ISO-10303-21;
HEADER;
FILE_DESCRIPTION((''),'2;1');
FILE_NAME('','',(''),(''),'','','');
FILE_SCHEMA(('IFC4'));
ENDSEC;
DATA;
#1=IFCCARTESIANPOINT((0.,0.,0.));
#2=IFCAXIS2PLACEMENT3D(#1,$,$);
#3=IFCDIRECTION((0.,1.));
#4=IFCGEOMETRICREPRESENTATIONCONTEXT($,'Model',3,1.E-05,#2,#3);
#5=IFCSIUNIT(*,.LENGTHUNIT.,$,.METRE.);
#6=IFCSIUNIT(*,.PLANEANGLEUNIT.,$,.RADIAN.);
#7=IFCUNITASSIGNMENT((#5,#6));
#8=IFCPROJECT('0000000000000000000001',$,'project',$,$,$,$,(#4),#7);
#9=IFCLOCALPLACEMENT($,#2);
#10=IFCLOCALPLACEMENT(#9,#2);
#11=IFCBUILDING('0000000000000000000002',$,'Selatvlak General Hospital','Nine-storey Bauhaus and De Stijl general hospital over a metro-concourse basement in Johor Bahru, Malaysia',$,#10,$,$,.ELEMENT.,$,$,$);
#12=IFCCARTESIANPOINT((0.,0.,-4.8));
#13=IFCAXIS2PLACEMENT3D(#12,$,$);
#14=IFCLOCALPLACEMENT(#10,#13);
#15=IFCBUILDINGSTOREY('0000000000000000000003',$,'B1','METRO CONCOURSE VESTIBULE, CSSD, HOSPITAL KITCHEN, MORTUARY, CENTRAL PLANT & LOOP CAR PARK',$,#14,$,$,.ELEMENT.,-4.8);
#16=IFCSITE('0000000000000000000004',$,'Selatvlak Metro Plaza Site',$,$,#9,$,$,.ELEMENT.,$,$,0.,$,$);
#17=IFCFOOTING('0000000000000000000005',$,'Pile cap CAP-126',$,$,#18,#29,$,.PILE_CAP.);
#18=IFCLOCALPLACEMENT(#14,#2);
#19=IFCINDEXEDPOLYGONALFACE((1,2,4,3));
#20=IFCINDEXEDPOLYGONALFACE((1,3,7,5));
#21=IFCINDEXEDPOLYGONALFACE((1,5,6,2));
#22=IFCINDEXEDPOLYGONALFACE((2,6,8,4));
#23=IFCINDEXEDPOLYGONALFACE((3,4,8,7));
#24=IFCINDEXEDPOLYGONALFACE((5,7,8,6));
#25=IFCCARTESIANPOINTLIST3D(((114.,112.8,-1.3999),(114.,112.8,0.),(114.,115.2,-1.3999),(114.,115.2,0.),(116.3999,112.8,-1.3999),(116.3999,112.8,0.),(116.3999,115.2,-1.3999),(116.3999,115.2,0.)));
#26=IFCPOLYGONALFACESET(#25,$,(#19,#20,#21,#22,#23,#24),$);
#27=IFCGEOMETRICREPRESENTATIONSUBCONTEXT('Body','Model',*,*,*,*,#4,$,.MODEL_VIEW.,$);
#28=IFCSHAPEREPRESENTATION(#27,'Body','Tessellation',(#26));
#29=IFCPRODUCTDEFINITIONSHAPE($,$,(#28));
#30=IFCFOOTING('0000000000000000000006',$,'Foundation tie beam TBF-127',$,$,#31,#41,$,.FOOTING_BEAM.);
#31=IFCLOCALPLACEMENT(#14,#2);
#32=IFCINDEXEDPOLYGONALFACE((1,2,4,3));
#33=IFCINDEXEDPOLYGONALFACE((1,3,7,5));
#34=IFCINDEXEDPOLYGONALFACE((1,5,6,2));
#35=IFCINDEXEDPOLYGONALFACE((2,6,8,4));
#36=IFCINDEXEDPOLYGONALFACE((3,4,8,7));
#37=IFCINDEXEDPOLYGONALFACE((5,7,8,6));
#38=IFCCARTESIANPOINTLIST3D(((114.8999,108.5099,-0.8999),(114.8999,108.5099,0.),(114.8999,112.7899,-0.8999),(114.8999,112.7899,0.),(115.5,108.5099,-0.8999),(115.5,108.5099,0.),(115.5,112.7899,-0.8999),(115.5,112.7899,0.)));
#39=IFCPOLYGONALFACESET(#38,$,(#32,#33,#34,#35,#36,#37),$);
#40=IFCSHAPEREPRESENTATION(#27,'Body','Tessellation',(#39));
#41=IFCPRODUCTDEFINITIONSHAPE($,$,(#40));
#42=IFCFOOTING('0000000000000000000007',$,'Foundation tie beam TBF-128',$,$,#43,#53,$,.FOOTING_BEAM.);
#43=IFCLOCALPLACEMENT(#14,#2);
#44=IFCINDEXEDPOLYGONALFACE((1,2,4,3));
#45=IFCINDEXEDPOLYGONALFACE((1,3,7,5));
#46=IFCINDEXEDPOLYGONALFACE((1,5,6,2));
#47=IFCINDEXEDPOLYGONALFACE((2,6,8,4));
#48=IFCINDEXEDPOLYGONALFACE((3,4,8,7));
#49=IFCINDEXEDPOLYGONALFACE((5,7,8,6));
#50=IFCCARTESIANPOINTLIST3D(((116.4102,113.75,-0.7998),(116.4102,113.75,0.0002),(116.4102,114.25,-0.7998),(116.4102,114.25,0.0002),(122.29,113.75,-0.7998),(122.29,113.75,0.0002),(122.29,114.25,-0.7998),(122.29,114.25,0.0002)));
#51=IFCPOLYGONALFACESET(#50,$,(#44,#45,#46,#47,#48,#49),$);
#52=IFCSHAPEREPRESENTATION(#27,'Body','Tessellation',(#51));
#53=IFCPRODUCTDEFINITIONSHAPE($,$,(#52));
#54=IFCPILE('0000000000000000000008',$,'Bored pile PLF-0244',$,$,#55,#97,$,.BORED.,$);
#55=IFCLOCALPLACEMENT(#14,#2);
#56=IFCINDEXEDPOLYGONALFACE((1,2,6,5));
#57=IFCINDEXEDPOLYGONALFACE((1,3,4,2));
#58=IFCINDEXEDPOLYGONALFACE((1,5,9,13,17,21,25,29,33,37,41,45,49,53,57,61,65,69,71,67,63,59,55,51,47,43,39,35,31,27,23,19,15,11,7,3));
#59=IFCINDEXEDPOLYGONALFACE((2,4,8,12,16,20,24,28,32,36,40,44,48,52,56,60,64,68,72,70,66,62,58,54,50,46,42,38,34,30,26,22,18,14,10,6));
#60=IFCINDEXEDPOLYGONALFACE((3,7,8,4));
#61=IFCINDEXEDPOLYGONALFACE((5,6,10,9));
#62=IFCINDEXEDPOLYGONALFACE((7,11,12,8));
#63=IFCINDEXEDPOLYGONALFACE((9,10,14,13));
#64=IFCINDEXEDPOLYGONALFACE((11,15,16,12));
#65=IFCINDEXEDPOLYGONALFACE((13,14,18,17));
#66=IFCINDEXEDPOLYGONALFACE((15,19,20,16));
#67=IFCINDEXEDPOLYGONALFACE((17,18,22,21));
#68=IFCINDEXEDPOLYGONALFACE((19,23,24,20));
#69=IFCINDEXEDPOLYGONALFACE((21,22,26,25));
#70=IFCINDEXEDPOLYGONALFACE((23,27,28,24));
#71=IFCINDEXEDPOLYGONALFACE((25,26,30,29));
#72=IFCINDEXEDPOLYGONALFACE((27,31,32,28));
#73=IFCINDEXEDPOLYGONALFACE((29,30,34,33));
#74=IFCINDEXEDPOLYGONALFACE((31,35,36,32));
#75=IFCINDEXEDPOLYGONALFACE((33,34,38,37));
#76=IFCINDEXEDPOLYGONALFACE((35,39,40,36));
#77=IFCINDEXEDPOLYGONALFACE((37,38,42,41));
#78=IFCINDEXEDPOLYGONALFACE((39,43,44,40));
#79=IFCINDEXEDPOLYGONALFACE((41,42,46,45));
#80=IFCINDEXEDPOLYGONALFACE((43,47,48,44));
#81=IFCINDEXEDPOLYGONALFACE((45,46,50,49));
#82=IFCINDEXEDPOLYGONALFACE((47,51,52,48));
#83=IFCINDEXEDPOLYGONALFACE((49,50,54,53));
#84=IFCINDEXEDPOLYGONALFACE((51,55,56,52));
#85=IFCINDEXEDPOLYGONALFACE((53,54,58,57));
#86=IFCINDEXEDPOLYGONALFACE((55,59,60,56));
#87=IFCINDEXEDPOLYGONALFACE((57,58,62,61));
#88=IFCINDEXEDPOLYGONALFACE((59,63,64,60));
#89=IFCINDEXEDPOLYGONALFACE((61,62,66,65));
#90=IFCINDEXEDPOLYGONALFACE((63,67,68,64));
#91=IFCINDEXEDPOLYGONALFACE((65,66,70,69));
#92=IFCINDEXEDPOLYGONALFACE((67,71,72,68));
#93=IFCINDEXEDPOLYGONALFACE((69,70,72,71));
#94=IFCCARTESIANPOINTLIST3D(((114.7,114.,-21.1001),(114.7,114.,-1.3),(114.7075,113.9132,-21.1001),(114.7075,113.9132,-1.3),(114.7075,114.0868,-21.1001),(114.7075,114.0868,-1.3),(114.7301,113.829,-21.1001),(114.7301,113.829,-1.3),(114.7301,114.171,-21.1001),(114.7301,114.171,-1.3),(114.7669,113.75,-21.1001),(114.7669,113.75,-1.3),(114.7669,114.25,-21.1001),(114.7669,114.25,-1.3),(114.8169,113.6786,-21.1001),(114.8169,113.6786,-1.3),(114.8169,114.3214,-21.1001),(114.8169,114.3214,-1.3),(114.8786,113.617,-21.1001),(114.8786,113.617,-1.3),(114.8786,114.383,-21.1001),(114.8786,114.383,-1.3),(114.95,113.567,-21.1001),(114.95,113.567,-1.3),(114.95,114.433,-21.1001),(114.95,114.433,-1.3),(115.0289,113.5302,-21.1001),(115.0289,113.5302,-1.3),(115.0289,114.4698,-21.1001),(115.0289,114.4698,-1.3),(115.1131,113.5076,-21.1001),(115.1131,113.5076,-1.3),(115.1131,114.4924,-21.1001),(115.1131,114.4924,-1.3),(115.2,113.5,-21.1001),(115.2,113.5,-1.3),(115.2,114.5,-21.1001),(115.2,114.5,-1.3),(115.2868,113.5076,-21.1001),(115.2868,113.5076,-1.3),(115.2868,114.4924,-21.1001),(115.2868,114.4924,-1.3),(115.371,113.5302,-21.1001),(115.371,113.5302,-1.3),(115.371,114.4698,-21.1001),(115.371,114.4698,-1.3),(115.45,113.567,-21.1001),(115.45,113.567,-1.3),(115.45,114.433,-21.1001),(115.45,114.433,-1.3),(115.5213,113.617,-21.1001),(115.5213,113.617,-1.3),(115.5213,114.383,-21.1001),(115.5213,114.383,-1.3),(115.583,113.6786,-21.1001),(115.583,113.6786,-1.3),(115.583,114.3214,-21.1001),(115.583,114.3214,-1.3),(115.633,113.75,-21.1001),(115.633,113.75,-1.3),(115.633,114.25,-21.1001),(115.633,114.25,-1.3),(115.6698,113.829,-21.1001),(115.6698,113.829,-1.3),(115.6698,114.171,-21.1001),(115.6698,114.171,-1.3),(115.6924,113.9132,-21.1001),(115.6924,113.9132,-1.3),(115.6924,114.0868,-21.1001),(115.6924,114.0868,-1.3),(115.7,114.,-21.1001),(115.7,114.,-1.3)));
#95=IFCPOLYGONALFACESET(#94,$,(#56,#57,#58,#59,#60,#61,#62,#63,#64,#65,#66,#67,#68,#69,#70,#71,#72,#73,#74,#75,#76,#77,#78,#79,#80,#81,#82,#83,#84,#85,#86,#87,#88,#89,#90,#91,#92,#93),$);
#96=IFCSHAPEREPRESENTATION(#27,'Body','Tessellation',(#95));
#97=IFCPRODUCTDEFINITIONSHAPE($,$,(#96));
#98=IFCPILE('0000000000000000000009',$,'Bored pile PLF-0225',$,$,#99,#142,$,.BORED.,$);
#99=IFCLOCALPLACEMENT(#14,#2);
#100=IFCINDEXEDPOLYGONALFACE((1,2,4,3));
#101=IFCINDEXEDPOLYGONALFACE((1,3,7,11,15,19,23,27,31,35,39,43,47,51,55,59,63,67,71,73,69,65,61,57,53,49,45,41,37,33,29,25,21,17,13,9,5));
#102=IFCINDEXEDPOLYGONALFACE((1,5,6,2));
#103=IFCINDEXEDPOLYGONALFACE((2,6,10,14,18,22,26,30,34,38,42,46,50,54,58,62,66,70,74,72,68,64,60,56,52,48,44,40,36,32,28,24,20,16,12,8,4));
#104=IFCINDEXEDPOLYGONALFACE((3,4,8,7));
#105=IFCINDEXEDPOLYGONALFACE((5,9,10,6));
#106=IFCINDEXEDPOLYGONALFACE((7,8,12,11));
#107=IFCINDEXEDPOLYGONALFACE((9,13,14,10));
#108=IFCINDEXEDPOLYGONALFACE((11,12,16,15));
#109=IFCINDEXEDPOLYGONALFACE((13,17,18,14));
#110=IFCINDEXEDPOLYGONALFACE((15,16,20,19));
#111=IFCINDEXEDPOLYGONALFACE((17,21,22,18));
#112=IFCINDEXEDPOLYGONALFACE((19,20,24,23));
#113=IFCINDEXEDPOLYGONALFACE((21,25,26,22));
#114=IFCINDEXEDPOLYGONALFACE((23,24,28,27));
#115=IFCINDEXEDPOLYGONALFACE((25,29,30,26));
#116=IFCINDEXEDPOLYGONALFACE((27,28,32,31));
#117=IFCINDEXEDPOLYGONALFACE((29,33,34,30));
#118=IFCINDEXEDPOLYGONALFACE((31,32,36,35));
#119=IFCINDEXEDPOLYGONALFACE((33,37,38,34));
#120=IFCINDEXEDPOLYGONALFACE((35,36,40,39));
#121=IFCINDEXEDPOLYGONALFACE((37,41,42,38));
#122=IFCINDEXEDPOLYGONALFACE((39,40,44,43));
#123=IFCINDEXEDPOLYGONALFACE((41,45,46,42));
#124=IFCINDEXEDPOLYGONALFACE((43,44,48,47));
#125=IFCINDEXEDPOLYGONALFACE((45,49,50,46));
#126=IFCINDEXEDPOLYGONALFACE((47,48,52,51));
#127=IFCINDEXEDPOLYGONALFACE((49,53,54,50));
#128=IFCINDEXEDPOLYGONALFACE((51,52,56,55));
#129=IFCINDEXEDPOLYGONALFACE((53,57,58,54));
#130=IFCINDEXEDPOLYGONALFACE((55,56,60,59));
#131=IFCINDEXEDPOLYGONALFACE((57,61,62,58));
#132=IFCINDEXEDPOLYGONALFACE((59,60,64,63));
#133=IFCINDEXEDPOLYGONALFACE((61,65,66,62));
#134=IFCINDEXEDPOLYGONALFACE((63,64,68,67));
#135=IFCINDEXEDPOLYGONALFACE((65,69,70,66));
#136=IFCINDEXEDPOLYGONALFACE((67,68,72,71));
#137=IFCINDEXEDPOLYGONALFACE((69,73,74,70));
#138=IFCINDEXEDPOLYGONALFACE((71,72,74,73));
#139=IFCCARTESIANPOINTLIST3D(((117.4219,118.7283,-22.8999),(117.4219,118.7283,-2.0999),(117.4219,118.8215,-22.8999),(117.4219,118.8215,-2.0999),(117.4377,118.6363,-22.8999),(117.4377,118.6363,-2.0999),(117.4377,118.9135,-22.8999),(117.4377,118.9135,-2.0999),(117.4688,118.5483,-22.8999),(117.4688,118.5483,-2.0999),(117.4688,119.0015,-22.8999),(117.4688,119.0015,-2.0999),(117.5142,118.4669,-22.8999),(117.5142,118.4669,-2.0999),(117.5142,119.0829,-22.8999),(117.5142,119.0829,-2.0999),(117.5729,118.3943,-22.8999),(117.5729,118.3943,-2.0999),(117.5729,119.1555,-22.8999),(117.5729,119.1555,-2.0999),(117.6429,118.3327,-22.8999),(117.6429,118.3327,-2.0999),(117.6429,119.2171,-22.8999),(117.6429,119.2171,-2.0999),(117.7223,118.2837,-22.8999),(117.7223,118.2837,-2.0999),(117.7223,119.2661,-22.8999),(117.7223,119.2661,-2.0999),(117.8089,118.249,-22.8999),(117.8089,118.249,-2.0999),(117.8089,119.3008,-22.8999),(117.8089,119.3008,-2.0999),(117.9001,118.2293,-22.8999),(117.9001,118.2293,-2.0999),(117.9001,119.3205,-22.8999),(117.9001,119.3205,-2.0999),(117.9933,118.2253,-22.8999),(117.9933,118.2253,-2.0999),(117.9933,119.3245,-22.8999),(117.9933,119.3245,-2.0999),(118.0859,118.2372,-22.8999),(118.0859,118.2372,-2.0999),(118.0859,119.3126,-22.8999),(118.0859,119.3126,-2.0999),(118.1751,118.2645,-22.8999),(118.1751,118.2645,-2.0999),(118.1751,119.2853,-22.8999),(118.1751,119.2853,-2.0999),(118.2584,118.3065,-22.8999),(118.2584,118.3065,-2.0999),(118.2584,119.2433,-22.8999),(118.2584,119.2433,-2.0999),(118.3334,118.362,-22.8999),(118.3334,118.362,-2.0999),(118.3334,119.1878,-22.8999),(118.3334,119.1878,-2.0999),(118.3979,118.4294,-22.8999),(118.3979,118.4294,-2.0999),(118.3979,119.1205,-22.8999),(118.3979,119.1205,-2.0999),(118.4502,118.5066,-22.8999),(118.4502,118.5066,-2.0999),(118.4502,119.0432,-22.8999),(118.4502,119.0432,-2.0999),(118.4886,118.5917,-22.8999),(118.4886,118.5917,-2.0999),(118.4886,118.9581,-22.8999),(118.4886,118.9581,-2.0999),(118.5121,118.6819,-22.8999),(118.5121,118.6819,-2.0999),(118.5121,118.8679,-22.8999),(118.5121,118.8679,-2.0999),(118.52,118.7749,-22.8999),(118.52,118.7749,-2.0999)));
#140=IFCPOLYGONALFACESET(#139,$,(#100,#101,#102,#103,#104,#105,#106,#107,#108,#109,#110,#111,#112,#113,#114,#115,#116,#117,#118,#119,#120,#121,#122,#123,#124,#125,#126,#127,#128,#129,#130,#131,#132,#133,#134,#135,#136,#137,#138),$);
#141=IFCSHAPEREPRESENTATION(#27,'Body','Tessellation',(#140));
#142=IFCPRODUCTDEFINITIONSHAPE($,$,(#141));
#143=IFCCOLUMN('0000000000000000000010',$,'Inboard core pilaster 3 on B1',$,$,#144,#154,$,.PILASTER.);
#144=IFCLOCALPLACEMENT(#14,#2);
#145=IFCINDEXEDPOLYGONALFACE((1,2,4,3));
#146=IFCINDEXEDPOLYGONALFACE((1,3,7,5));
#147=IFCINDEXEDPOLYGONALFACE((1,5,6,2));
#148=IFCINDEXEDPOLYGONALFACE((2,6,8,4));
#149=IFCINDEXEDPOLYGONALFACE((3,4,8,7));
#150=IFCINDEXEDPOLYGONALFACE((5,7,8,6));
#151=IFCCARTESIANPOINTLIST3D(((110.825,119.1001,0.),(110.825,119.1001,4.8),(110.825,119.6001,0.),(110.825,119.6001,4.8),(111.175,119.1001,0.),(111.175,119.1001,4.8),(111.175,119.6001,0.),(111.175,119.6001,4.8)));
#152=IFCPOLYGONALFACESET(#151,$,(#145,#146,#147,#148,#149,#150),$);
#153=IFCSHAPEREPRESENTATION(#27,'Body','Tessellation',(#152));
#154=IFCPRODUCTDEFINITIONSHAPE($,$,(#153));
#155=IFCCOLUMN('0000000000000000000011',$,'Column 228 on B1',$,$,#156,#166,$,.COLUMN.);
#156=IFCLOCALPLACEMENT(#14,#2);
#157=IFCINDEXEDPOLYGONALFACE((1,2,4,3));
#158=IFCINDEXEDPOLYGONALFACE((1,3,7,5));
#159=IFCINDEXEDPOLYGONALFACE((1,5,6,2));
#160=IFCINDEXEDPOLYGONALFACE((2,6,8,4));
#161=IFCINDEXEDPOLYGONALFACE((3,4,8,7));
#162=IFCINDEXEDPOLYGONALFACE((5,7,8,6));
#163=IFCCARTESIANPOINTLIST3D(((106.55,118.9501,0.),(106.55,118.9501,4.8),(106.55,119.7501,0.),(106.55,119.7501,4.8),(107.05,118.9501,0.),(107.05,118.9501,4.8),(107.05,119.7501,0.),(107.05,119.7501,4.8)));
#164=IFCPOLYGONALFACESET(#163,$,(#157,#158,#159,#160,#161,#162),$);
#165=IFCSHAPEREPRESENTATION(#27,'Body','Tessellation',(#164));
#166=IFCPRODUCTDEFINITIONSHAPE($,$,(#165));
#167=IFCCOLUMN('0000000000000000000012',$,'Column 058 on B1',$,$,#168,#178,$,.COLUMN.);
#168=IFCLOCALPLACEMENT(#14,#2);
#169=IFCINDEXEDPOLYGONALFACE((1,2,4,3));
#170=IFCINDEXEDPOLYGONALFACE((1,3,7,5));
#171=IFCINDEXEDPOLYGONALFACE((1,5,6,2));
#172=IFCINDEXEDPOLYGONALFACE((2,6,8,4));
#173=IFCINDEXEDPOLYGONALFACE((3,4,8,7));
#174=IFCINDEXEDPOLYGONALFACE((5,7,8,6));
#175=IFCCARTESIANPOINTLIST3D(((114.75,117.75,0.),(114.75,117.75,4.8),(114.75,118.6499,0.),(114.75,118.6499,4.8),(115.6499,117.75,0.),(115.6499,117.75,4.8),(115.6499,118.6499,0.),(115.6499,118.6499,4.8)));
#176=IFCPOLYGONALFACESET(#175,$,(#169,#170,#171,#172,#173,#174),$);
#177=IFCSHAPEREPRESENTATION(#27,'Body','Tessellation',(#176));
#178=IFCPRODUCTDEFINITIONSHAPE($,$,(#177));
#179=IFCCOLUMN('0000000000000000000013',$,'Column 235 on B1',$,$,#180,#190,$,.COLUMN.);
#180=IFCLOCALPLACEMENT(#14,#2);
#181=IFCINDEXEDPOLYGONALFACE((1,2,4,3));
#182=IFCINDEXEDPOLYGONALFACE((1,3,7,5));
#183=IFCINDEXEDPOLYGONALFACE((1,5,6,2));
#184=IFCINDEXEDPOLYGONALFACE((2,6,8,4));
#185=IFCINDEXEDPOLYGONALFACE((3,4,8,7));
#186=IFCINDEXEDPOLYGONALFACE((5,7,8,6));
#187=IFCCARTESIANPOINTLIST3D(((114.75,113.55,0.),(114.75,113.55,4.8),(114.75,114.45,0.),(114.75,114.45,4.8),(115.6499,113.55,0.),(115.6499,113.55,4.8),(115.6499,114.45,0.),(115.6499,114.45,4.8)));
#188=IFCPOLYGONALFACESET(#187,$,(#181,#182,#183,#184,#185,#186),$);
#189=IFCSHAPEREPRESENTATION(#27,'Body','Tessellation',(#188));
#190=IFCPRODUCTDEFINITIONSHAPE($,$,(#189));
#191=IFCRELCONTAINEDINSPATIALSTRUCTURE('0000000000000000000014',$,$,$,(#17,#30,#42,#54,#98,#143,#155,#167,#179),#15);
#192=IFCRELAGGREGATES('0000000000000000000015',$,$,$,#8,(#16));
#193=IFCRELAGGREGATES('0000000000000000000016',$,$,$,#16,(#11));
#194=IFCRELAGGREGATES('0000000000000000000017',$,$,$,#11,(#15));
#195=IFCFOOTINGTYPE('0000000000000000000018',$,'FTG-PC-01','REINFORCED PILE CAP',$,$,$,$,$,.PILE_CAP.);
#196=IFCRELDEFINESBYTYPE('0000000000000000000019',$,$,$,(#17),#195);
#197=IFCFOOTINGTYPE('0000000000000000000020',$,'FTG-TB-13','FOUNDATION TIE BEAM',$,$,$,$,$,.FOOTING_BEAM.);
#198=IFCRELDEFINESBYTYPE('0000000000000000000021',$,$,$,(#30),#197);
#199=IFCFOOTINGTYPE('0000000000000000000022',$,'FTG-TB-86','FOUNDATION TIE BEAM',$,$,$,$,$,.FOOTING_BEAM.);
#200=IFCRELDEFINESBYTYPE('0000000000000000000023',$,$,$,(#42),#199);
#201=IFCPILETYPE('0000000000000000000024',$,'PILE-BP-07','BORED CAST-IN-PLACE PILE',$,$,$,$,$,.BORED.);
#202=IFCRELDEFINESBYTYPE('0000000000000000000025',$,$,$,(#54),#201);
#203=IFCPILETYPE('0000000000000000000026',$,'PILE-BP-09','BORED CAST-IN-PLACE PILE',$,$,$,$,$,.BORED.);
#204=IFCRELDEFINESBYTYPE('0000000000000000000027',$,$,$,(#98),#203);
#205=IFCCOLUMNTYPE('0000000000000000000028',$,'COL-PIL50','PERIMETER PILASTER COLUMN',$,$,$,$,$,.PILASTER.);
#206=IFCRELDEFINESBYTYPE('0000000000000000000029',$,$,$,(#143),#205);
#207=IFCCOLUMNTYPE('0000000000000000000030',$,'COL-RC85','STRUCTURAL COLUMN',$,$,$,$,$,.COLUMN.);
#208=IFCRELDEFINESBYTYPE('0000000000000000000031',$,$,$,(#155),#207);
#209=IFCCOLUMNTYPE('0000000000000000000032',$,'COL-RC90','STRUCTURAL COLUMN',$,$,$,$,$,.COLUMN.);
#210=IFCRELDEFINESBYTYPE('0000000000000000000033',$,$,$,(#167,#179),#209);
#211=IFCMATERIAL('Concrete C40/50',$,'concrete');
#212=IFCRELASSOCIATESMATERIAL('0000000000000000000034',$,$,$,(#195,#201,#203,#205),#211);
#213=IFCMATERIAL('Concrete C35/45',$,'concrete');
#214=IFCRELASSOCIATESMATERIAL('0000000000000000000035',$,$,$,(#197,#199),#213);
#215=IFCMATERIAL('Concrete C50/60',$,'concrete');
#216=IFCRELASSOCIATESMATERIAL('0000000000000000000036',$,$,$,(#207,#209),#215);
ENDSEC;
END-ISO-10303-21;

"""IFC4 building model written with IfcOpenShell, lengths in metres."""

from ifc_helpers import new_model, si_unit, direction, frame, origin, origin_2d, place, context, subcontext, project, spatial, rectangle, circle, extrude, material, material_profile, profile_set, type_object, element, save


model = new_model("IFC4")

# Units and contexts
model_context = context("Model", 3, precision=1e-05, world=origin(), true_north=direction((0.0, 1.0)))
body_context = subcontext(model_context, "Body", "Model", "MODEL_VIEW")
ifc_project = project(units=[si_unit("LENGTHUNIT", "METRE"), si_unit("PLANEANGLEUNIT", "RADIAN")], contexts=[model_context])

# Site, building, storey
site_placement = place(None, origin())
site = spatial("IfcSite", under=ifc_project, at=site_placement, Name="Selatvlak Metro Plaza Site", CompositionType="ELEMENT", RefElevation=0.0)
building_placement = place(site_placement, origin())
building = spatial("IfcBuilding", under=site, at=building_placement, Name="Selatvlak General Hospital", Description="Nine-storey Bauhaus and De Stijl general hospital over a metro-concourse basement in Johor Bahru, Malaysia", CompositionType="ELEMENT")
storey_placement = place(building_placement, frame((0.0, 0.0, -4.8)))
storey = spatial("IfcBuildingStorey", under=building, at=storey_placement, Name="B1", Description="METRO CONCOURSE VESTIBULE, CSSD, HOSPITAL KITCHEN, MORTUARY, CENTRAL PLANT & LOOP CAR PARK", CompositionType="ELEMENT", Elevation=-4.8)

# Footings
ifc_material_1 = material(Name="Concrete C40/50", Category="concrete")
footing_type_1 = type_object("IfcFootingType", Name="FTG-PC-01", Description="REINFORCED PILE CAP", PredefinedType="PILE_CAP", material=ifc_material_1)
footing_1_placement = place(storey_placement, frame((115.2, 114.0, -1.3999), z_axis=(0.0, 0.0, 1.0), x_axis=(1.0, 0.0, 0.0)))
element("IfcFooting", 1, at=footing_1_placement, inside=storey, type_object=footing_type_1, Name="Pile cap CAP-126", PredefinedType="PILE_CAP", context=body_context, shape_type="SweptSolid", body=[
    extrude(rectangle(XDim=2.3999, YDim=2.3999, at=origin_2d()), origin(), (0.0, 0.0, 1.0), 1.3999),
])
ifc_material_2 = material(Name="Concrete C35/45", Category="concrete")
footing_type_2 = type_object("IfcFootingType", Name="FTG-TB-13", Description="FOUNDATION TIE BEAM", PredefinedType="FOOTING_BEAM", material=ifc_material_2)
footing_2_placement = place(storey_placement, frame((115.2, 110.6499, -0.8999), z_axis=(0.0, 0.0, 1.0), x_axis=(0.0, 1.0, 0.0)))
element("IfcFooting", 2, at=footing_2_placement, inside=storey, type_object=footing_type_2, Name="Foundation tie beam TBF-127", PredefinedType="FOOTING_BEAM", context=body_context, shape_type="SweptSolid", body=[
    extrude(rectangle(XDim=4.28, YDim=0.6001, at=origin_2d()), origin(), (0.0, 0.0, 1.0), 0.8999),
])
footing_type_3 = type_object("IfcFootingType", Name="FTG-TB-86", Description="FOUNDATION TIE BEAM", PredefinedType="FOOTING_BEAM", material=ifc_material_2)
footing_3_placement = place(storey_placement, frame((119.3501, 114.0, -0.7998), z_axis=(0.0, 0.0, 1.0), x_axis=(1.0, 0.0, 0.0)))
element("IfcFooting", 3, at=footing_3_placement, inside=storey, type_object=footing_type_3, Name="Foundation tie beam TBF-128", PredefinedType="FOOTING_BEAM", context=body_context, shape_type="SweptSolid", body=[
    extrude(rectangle(XDim=5.8799, YDim=0.5, at=origin_2d()), origin(), (0.0, 0.0, 1.0), 0.8),
])

# Piles
ifc_material_profile_1 = material_profile(ifc_material_1, circle(Radius=0.5, at=origin_2d()), Name="BORED PILE 1000")
ifc_profile_set_1 = profile_set([ifc_material_profile_1], Name="Concrete C40/50")
pile_type_1 = type_object("IfcPileType", Name="PILE-BP-07", Description="BORED CAST-IN-PLACE PILE", PredefinedType="BORED", material=ifc_profile_set_1)
pile_1_placement = place(storey_placement, frame((115.2, 114.0, -1.3), z_axis=(0.0, 0.0, -1.0), x_axis=(1.0, 0.0, 0.0)))
element("IfcPile", 4, at=pile_1_placement, inside=storey, type_object=pile_type_1, Name="Bored pile PLF-0244", PredefinedType="BORED", context=body_context, shape_type="SweptSolid", body=[
    extrude(circle(Radius=0.5, at=origin_2d()), origin(), (0.0, 0.0, 1.0), 19.8),
])
ifc_material_profile_2 = material_profile(ifc_material_1, circle(Radius=0.55, at=origin_2d()), Name="BORED PILE 1100")
ifc_profile_set_2 = profile_set([ifc_material_profile_2], Name="Concrete C40/50")
pile_type_2 = type_object("IfcPileType", Name="PILE-BP-09", Description="BORED CAST-IN-PLACE PILE", PredefinedType="BORED", material=ifc_profile_set_2)
pile_2_placement = place(storey_placement, frame((117.97, 118.7749, -2.0999), z_axis=(0.0, 0.0, -1.0), x_axis=(1.0, 0.0, 0.0)))
element("IfcPile", 5, at=pile_2_placement, inside=storey, type_object=pile_type_2, Name="Bored pile PLF-0225", PredefinedType="BORED", context=body_context, shape_type="SweptSolid", body=[
    extrude(circle(Radius=0.55, at=origin_2d()), origin(), (0.0, 0.0, 1.0), 20.8),
])

# Columns
ifc_material_profile_3 = material_profile(ifc_material_1, rectangle(XDim=0.3501, YDim=0.5, at=origin_2d()), Name="RC-PIL 500x350")
ifc_profile_set_3 = profile_set([ifc_material_profile_3], Name="Concrete C40/50")
column_type_1 = type_object("IfcColumnType", Name="COL-PIL50", Description="PERIMETER PILASTER COLUMN", PredefinedType="PILASTER", material=ifc_profile_set_3)
column_1_placement = place(storey_placement, frame((111.0, 119.3501, 0.0), z_axis=(0.0, 0.0, 1.0), x_axis=(1.0, 0.0, 0.0)))
element("IfcColumn", 6, at=column_1_placement, inside=storey, type_object=column_type_1, Name="Inboard core pilaster 3 on B1", PredefinedType="PILASTER", context=body_context, shape_type="SweptSolid", body=[
    extrude(rectangle(XDim=0.3501, YDim=0.5, at=origin_2d()), origin(), (0.0, 0.0, 1.0), 4.8),
])
ifc_material_3 = material(Name="Concrete C50/60", Category="concrete")
ifc_material_profile_4 = material_profile(ifc_material_3, rectangle(XDim=0.5, YDim=0.8, at=origin_2d()), Name="RC-COL 800x500")
ifc_profile_set_4 = profile_set([ifc_material_profile_4], Name="Concrete C50/60")
column_type_2 = type_object("IfcColumnType", Name="COL-RC85", Description="STRUCTURAL COLUMN", PredefinedType="COLUMN", material=ifc_profile_set_4)
column_2_placement = place(storey_placement, frame((106.8, 119.3501, 0.0), z_axis=(0.0, 0.0, 1.0), x_axis=(1.0, 0.0, 0.0)))
element("IfcColumn", 7, at=column_2_placement, inside=storey, type_object=column_type_2, Name="Column 228 on B1", PredefinedType="COLUMN", context=body_context, shape_type="SweptSolid", body=[
    extrude(rectangle(XDim=0.5, YDim=0.8, at=origin_2d()), origin(), (0.0, 0.0, 1.0), 4.8),
])
ifc_material_profile_5 = material_profile(ifc_material_3, rectangle(XDim=0.8999, YDim=0.8999, at=origin_2d()), Name="RC-COL 900x900")
ifc_profile_set_5 = profile_set([ifc_material_profile_5], Name="Concrete C50/60")
column_type_3 = type_object("IfcColumnType", Name="COL-RC90", Description="STRUCTURAL COLUMN", PredefinedType="COLUMN", material=ifc_profile_set_5)
for number, where, z_axis, x_axis, name in (
    (8, (115.2, 118.2, 0.0), (0.0, 0.0, 1.0), (1.0, 0.0, 0.0), "Column 058 on B1"),
    (9, (115.2, 114.0, 0.0), (0.0, 0.0, 1.0), (1.0, 0.0, 0.0), "Column 235 on B1"),
):
    element("IfcColumn", number, at=place(storey_placement, frame(where, z_axis=z_axis, x_axis=x_axis)), inside=storey, type_object=column_type_3, Name=name, PredefinedType="COLUMN", context=body_context, shape_type="SweptSolid", body=[
        extrude(rectangle(XDim=0.8999, YDim=0.8999, at=origin_2d()), origin(), (0.0, 0.0, 1.0), 4.8),
    ])

save(model, "model.ifc")
